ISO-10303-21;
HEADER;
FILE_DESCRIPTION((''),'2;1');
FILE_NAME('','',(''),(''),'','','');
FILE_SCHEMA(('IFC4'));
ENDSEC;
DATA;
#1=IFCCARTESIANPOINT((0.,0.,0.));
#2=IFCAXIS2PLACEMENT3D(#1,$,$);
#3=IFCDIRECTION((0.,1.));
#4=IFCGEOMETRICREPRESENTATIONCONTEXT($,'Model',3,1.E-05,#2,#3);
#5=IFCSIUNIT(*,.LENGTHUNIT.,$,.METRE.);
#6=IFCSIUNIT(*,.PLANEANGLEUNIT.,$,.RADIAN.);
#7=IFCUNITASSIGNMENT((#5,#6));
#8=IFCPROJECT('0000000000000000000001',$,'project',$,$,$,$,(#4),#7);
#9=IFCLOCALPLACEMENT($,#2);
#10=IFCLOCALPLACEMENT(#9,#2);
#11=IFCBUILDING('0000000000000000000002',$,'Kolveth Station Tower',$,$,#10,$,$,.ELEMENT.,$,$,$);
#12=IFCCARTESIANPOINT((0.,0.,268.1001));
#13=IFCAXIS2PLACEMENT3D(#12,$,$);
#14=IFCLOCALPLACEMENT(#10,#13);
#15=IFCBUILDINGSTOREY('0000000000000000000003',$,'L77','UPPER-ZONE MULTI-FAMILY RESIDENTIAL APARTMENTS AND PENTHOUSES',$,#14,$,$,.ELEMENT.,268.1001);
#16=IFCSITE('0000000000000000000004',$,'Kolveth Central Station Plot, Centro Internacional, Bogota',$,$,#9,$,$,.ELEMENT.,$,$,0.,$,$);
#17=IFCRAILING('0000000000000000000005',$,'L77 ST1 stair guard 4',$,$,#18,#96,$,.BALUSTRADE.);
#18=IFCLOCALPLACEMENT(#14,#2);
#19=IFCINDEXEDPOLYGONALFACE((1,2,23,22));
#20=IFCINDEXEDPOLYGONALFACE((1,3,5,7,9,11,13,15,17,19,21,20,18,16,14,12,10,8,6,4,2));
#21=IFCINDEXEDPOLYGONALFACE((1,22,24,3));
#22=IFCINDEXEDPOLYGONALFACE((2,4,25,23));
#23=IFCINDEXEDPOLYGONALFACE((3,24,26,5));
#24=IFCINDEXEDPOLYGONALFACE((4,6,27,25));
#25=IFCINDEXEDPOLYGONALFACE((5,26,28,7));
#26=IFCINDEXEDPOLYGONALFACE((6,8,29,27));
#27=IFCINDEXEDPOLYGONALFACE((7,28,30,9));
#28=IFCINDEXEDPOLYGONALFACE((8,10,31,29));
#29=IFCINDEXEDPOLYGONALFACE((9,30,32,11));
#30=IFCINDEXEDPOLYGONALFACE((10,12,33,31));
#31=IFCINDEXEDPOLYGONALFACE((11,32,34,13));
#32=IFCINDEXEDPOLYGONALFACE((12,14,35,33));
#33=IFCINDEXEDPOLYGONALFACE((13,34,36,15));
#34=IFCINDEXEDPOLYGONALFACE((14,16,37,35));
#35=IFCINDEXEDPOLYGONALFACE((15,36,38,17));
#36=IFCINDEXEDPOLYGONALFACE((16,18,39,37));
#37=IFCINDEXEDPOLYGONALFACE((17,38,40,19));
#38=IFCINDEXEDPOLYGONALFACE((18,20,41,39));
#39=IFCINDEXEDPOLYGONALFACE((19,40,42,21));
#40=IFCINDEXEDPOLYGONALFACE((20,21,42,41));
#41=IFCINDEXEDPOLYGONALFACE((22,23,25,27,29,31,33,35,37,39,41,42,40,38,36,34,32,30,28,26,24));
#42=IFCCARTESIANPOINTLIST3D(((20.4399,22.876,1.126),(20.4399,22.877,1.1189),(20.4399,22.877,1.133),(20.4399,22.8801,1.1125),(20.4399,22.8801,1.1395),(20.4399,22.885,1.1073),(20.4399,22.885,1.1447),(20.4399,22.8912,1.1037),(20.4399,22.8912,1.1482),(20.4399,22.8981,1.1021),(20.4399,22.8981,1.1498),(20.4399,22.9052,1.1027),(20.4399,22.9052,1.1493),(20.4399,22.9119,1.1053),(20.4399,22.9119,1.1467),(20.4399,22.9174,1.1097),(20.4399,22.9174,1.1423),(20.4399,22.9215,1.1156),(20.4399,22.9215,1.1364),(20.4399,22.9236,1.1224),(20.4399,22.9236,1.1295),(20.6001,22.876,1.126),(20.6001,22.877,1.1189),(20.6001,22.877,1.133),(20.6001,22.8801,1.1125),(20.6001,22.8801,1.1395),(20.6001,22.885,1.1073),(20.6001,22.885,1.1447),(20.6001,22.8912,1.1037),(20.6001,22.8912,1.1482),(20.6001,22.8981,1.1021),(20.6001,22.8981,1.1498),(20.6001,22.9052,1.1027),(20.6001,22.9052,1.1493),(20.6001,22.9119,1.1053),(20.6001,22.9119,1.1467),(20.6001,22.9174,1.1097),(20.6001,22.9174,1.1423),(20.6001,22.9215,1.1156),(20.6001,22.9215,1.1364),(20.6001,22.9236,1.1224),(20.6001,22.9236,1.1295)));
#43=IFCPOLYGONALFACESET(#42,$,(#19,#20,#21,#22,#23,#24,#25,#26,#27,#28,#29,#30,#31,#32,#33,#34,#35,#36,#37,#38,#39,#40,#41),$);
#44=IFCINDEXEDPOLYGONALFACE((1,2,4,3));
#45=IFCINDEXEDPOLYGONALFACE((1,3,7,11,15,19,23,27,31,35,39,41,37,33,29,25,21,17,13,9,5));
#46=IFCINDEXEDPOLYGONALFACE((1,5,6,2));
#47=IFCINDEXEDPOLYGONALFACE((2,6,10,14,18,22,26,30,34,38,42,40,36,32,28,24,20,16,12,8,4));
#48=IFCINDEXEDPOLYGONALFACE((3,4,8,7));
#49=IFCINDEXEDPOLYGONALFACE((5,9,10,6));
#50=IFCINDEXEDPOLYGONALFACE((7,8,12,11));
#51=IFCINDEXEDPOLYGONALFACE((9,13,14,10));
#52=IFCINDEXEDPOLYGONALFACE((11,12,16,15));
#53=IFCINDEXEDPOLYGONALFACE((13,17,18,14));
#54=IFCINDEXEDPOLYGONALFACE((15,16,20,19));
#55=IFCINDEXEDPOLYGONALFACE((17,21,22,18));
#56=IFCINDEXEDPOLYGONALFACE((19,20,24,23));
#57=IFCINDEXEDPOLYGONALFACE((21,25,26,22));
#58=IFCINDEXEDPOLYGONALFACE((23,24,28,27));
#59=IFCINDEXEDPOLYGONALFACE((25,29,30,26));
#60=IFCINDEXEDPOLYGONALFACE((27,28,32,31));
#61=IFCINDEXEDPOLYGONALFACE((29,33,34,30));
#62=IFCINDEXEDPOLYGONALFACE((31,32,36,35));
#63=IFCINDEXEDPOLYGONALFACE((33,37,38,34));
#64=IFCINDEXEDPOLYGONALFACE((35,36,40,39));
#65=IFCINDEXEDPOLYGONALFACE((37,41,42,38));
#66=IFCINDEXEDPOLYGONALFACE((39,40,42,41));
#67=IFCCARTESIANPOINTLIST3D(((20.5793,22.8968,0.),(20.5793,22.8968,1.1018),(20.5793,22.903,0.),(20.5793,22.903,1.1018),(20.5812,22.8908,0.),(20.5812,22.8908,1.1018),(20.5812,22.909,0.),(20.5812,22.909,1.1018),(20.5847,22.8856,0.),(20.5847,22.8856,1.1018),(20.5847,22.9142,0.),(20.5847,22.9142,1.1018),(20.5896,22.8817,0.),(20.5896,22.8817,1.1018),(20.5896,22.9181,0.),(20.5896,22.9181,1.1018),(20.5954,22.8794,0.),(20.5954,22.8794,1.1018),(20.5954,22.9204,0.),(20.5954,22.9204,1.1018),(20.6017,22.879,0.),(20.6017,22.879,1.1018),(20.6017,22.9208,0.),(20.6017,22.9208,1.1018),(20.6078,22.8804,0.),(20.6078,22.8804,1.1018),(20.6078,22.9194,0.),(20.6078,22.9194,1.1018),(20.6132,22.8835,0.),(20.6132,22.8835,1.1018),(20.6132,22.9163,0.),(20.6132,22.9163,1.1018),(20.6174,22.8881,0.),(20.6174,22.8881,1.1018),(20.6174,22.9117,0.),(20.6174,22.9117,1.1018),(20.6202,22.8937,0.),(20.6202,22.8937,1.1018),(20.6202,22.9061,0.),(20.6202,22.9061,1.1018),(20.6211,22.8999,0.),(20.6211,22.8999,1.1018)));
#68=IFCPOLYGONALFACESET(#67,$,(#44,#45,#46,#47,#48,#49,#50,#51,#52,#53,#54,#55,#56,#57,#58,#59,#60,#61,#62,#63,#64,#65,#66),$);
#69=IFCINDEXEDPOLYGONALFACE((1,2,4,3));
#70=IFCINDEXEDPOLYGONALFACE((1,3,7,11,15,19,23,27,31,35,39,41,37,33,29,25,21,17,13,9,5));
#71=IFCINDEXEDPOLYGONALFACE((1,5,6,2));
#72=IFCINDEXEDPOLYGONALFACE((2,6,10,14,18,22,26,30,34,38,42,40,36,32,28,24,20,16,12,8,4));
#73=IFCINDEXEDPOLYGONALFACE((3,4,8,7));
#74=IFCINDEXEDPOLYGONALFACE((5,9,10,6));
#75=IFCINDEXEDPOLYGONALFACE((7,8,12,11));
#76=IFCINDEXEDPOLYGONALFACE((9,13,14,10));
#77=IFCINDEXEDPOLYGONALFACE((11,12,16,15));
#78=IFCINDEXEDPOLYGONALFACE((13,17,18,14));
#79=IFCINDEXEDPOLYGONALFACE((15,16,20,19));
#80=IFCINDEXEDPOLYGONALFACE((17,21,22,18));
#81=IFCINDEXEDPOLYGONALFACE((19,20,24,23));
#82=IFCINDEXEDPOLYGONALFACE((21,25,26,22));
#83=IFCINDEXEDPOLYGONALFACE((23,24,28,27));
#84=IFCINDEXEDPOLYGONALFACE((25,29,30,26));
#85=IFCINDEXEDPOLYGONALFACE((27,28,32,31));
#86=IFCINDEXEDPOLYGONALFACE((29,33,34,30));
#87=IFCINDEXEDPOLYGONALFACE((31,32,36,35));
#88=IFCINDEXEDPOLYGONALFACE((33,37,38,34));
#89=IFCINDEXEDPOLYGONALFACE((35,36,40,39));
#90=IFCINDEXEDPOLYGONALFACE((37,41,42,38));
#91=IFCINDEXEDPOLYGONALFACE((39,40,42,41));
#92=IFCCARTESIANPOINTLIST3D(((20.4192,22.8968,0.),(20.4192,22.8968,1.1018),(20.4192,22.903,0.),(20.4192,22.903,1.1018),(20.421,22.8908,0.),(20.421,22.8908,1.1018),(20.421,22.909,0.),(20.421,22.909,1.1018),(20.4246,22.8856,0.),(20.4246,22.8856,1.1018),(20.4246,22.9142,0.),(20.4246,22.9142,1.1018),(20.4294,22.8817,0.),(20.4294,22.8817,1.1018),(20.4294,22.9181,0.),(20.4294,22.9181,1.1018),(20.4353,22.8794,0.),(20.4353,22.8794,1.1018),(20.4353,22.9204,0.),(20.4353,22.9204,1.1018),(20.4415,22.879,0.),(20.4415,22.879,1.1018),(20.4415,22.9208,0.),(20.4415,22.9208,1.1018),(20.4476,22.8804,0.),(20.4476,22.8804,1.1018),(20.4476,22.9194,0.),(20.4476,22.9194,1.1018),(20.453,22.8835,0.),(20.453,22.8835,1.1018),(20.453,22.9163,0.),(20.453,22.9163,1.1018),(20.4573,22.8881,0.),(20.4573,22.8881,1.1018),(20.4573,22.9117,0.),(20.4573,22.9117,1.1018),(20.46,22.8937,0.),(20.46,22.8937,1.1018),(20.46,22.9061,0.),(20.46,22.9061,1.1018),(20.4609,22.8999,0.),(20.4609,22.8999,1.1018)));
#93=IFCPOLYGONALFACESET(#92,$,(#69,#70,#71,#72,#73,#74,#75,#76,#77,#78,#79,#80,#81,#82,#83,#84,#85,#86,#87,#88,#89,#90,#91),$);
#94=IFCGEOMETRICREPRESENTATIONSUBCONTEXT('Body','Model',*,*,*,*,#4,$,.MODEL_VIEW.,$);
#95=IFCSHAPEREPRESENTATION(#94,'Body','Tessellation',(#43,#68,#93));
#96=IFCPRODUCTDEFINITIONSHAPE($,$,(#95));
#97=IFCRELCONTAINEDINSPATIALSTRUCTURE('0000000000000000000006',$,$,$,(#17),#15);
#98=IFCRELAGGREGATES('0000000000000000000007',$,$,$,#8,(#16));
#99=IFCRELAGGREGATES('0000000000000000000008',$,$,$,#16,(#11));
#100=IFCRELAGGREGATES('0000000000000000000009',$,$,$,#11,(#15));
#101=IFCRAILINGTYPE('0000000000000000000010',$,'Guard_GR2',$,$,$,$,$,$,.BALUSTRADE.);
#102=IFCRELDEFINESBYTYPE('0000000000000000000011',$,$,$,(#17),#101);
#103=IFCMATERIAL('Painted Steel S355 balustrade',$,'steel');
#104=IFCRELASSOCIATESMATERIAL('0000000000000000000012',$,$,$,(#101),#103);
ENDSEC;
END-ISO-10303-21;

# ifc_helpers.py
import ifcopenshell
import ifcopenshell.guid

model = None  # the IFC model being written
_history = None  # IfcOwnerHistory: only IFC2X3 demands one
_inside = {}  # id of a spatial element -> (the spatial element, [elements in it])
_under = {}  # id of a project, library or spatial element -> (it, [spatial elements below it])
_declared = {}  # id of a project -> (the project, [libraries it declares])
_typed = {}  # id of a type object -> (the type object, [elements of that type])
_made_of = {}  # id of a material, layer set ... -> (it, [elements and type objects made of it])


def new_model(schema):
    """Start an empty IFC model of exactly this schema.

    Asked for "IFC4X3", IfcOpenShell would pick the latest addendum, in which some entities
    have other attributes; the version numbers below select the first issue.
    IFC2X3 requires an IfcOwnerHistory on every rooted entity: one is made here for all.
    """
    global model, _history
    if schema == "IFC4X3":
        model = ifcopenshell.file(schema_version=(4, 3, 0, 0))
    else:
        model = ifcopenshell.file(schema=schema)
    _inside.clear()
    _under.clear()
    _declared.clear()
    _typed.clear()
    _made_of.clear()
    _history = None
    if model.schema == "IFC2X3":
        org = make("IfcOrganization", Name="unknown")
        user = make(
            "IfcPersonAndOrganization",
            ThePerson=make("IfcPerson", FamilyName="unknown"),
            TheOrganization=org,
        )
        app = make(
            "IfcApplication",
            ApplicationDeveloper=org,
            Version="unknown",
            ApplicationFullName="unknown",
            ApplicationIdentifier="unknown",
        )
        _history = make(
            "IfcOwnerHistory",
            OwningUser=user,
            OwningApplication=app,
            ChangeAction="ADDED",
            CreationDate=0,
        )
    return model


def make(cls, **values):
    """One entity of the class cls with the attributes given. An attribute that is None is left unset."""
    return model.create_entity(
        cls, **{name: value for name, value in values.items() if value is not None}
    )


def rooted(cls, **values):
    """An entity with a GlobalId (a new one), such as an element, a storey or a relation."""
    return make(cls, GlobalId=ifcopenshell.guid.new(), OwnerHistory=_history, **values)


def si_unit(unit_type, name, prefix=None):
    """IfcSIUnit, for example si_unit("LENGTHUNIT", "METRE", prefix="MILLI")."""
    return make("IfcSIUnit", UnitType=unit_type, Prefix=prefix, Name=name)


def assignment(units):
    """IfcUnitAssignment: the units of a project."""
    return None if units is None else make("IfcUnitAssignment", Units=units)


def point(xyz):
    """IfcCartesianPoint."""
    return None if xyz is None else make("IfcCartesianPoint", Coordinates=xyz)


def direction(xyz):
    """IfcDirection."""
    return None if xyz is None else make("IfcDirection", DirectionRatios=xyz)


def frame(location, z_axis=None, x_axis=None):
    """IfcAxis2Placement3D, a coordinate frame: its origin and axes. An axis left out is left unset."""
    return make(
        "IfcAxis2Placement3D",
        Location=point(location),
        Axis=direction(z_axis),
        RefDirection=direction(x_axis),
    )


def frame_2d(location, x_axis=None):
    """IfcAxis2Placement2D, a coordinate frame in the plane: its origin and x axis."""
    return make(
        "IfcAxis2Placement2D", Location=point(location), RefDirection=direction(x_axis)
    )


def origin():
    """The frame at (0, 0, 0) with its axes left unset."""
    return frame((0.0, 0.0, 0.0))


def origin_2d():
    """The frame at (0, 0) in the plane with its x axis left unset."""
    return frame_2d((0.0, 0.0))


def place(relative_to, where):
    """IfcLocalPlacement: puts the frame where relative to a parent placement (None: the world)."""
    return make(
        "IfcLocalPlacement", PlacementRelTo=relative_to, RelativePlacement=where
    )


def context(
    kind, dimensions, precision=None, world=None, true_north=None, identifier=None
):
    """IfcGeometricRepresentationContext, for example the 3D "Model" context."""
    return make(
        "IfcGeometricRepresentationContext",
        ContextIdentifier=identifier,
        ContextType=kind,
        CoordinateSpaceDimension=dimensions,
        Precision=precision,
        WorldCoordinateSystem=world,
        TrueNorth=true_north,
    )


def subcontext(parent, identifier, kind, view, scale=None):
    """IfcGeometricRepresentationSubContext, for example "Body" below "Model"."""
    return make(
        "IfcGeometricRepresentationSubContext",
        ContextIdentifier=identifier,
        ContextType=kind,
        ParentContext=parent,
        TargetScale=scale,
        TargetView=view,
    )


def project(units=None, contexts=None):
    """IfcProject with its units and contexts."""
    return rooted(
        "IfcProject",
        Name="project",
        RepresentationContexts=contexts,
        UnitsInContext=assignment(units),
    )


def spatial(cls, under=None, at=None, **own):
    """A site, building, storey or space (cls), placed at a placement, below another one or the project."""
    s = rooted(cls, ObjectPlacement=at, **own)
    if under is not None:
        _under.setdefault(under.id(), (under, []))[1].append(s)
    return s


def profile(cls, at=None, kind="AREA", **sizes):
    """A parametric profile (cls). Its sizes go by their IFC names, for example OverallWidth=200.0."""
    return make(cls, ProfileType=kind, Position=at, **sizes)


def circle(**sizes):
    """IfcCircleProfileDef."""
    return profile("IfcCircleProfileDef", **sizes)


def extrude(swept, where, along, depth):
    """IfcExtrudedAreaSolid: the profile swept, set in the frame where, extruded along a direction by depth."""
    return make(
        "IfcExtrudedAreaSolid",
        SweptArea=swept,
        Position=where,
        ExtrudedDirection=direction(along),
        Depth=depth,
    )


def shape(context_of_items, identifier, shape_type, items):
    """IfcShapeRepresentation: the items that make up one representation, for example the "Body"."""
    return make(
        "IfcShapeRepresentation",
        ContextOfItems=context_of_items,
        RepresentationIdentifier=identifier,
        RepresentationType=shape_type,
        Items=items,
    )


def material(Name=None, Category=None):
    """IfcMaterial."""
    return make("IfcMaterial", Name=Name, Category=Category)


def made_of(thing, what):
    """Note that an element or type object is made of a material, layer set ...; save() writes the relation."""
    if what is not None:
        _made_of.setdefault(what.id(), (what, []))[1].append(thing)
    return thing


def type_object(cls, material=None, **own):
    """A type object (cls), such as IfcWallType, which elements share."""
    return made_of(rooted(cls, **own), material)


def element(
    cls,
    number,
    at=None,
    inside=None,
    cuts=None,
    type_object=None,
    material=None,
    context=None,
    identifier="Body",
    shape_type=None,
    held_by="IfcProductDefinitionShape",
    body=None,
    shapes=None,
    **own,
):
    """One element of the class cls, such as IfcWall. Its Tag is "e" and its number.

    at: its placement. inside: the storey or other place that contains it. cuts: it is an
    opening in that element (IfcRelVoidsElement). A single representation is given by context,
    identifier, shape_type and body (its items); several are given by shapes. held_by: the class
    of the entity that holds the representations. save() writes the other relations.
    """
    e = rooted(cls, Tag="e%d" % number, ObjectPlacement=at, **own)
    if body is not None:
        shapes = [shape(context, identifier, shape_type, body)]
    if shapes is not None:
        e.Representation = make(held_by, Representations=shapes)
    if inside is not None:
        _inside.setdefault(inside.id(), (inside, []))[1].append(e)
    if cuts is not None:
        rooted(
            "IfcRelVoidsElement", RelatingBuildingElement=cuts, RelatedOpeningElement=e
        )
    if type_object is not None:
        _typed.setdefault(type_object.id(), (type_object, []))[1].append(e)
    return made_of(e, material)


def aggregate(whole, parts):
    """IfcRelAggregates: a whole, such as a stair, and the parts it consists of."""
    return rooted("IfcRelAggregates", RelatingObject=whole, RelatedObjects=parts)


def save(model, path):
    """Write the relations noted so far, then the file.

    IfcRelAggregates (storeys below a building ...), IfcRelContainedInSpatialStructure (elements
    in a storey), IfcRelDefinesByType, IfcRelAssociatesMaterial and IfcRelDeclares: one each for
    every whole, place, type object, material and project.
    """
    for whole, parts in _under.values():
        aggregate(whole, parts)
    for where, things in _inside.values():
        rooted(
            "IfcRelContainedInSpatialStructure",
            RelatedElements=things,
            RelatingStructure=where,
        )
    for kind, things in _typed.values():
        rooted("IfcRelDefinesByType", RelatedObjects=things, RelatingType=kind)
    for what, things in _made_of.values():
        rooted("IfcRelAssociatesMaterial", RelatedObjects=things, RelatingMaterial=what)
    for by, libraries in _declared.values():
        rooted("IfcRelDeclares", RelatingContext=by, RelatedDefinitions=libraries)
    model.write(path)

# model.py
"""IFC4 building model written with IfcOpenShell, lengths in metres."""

from ifc_helpers import new_model, si_unit, direction, frame, origin, origin_2d, place, context, subcontext, project, spatial, circle, extrude, material, type_object, element, save


model = new_model("IFC4")

# Units and contexts
model_context = context("Model", 3, precision=1e-05, world=origin(), true_north=direction((0.0, 1.0)))
body_context = subcontext(model_context, "Body", "Model", "MODEL_VIEW")
ifc_project = project(units=[si_unit("LENGTHUNIT", "METRE"), si_unit("PLANEANGLEUNIT", "RADIAN")], contexts=[model_context])

# Site, building, storey
site_placement = place(None, origin())
site = spatial("IfcSite", under=ifc_project, at=site_placement, Name="Kolveth Central Station Plot, Centro Internacional, Bogota", CompositionType="ELEMENT", RefElevation=0.0)
building_placement = place(site_placement, origin())
building = spatial("IfcBuilding", under=site, at=building_placement, Name="Kolveth Station Tower", CompositionType="ELEMENT")
storey_placement = place(building_placement, frame((0.0, 0.0, 268.1001)))
storey = spatial("IfcBuildingStorey", under=building, at=storey_placement, Name="L77", Description="UPPER-ZONE MULTI-FAMILY RESIDENTIAL APARTMENTS AND PENTHOUSES", CompositionType="ELEMENT", Elevation=268.1001)

# Railing
ifc_material_1 = material(Name="Painted Steel S355 balustrade", Category="steel")
railing_type_1 = type_object("IfcRailingType", Name="Guard_GR2", PredefinedType="BALUSTRADE", material=ifc_material_1)
railing_1_placement = place(storey_placement, frame((20.6001, 22.8999, 0.0)))
element("IfcRailing", 1, at=railing_1_placement, inside=storey, type_object=railing_type_1, Name="L77 ST1 stair guard 4", PredefinedType="BALUSTRADE", context=body_context, shape_type="SweptSolid", body=[
    extrude(circle(Radius=0.0239, at=origin_2d()), frame((0.0, 0.0, 1.126), z_axis=(-1.0, 0.0, 0.0), x_axis=(0.0, -1.0, 0.0)), (0.0, 0.0, 1.0), 0.1602),
    extrude(circle(Radius=0.021, at=origin_2d()), origin(), (0.0, 0.0, 1.0), 1.1018),
    extrude(circle(Radius=0.021, at=origin_2d()), frame((-0.1602, 0.0, 0.0)), (0.0, 0.0, 1.0), 1.1018),
])

save(model, "model.ifc")
